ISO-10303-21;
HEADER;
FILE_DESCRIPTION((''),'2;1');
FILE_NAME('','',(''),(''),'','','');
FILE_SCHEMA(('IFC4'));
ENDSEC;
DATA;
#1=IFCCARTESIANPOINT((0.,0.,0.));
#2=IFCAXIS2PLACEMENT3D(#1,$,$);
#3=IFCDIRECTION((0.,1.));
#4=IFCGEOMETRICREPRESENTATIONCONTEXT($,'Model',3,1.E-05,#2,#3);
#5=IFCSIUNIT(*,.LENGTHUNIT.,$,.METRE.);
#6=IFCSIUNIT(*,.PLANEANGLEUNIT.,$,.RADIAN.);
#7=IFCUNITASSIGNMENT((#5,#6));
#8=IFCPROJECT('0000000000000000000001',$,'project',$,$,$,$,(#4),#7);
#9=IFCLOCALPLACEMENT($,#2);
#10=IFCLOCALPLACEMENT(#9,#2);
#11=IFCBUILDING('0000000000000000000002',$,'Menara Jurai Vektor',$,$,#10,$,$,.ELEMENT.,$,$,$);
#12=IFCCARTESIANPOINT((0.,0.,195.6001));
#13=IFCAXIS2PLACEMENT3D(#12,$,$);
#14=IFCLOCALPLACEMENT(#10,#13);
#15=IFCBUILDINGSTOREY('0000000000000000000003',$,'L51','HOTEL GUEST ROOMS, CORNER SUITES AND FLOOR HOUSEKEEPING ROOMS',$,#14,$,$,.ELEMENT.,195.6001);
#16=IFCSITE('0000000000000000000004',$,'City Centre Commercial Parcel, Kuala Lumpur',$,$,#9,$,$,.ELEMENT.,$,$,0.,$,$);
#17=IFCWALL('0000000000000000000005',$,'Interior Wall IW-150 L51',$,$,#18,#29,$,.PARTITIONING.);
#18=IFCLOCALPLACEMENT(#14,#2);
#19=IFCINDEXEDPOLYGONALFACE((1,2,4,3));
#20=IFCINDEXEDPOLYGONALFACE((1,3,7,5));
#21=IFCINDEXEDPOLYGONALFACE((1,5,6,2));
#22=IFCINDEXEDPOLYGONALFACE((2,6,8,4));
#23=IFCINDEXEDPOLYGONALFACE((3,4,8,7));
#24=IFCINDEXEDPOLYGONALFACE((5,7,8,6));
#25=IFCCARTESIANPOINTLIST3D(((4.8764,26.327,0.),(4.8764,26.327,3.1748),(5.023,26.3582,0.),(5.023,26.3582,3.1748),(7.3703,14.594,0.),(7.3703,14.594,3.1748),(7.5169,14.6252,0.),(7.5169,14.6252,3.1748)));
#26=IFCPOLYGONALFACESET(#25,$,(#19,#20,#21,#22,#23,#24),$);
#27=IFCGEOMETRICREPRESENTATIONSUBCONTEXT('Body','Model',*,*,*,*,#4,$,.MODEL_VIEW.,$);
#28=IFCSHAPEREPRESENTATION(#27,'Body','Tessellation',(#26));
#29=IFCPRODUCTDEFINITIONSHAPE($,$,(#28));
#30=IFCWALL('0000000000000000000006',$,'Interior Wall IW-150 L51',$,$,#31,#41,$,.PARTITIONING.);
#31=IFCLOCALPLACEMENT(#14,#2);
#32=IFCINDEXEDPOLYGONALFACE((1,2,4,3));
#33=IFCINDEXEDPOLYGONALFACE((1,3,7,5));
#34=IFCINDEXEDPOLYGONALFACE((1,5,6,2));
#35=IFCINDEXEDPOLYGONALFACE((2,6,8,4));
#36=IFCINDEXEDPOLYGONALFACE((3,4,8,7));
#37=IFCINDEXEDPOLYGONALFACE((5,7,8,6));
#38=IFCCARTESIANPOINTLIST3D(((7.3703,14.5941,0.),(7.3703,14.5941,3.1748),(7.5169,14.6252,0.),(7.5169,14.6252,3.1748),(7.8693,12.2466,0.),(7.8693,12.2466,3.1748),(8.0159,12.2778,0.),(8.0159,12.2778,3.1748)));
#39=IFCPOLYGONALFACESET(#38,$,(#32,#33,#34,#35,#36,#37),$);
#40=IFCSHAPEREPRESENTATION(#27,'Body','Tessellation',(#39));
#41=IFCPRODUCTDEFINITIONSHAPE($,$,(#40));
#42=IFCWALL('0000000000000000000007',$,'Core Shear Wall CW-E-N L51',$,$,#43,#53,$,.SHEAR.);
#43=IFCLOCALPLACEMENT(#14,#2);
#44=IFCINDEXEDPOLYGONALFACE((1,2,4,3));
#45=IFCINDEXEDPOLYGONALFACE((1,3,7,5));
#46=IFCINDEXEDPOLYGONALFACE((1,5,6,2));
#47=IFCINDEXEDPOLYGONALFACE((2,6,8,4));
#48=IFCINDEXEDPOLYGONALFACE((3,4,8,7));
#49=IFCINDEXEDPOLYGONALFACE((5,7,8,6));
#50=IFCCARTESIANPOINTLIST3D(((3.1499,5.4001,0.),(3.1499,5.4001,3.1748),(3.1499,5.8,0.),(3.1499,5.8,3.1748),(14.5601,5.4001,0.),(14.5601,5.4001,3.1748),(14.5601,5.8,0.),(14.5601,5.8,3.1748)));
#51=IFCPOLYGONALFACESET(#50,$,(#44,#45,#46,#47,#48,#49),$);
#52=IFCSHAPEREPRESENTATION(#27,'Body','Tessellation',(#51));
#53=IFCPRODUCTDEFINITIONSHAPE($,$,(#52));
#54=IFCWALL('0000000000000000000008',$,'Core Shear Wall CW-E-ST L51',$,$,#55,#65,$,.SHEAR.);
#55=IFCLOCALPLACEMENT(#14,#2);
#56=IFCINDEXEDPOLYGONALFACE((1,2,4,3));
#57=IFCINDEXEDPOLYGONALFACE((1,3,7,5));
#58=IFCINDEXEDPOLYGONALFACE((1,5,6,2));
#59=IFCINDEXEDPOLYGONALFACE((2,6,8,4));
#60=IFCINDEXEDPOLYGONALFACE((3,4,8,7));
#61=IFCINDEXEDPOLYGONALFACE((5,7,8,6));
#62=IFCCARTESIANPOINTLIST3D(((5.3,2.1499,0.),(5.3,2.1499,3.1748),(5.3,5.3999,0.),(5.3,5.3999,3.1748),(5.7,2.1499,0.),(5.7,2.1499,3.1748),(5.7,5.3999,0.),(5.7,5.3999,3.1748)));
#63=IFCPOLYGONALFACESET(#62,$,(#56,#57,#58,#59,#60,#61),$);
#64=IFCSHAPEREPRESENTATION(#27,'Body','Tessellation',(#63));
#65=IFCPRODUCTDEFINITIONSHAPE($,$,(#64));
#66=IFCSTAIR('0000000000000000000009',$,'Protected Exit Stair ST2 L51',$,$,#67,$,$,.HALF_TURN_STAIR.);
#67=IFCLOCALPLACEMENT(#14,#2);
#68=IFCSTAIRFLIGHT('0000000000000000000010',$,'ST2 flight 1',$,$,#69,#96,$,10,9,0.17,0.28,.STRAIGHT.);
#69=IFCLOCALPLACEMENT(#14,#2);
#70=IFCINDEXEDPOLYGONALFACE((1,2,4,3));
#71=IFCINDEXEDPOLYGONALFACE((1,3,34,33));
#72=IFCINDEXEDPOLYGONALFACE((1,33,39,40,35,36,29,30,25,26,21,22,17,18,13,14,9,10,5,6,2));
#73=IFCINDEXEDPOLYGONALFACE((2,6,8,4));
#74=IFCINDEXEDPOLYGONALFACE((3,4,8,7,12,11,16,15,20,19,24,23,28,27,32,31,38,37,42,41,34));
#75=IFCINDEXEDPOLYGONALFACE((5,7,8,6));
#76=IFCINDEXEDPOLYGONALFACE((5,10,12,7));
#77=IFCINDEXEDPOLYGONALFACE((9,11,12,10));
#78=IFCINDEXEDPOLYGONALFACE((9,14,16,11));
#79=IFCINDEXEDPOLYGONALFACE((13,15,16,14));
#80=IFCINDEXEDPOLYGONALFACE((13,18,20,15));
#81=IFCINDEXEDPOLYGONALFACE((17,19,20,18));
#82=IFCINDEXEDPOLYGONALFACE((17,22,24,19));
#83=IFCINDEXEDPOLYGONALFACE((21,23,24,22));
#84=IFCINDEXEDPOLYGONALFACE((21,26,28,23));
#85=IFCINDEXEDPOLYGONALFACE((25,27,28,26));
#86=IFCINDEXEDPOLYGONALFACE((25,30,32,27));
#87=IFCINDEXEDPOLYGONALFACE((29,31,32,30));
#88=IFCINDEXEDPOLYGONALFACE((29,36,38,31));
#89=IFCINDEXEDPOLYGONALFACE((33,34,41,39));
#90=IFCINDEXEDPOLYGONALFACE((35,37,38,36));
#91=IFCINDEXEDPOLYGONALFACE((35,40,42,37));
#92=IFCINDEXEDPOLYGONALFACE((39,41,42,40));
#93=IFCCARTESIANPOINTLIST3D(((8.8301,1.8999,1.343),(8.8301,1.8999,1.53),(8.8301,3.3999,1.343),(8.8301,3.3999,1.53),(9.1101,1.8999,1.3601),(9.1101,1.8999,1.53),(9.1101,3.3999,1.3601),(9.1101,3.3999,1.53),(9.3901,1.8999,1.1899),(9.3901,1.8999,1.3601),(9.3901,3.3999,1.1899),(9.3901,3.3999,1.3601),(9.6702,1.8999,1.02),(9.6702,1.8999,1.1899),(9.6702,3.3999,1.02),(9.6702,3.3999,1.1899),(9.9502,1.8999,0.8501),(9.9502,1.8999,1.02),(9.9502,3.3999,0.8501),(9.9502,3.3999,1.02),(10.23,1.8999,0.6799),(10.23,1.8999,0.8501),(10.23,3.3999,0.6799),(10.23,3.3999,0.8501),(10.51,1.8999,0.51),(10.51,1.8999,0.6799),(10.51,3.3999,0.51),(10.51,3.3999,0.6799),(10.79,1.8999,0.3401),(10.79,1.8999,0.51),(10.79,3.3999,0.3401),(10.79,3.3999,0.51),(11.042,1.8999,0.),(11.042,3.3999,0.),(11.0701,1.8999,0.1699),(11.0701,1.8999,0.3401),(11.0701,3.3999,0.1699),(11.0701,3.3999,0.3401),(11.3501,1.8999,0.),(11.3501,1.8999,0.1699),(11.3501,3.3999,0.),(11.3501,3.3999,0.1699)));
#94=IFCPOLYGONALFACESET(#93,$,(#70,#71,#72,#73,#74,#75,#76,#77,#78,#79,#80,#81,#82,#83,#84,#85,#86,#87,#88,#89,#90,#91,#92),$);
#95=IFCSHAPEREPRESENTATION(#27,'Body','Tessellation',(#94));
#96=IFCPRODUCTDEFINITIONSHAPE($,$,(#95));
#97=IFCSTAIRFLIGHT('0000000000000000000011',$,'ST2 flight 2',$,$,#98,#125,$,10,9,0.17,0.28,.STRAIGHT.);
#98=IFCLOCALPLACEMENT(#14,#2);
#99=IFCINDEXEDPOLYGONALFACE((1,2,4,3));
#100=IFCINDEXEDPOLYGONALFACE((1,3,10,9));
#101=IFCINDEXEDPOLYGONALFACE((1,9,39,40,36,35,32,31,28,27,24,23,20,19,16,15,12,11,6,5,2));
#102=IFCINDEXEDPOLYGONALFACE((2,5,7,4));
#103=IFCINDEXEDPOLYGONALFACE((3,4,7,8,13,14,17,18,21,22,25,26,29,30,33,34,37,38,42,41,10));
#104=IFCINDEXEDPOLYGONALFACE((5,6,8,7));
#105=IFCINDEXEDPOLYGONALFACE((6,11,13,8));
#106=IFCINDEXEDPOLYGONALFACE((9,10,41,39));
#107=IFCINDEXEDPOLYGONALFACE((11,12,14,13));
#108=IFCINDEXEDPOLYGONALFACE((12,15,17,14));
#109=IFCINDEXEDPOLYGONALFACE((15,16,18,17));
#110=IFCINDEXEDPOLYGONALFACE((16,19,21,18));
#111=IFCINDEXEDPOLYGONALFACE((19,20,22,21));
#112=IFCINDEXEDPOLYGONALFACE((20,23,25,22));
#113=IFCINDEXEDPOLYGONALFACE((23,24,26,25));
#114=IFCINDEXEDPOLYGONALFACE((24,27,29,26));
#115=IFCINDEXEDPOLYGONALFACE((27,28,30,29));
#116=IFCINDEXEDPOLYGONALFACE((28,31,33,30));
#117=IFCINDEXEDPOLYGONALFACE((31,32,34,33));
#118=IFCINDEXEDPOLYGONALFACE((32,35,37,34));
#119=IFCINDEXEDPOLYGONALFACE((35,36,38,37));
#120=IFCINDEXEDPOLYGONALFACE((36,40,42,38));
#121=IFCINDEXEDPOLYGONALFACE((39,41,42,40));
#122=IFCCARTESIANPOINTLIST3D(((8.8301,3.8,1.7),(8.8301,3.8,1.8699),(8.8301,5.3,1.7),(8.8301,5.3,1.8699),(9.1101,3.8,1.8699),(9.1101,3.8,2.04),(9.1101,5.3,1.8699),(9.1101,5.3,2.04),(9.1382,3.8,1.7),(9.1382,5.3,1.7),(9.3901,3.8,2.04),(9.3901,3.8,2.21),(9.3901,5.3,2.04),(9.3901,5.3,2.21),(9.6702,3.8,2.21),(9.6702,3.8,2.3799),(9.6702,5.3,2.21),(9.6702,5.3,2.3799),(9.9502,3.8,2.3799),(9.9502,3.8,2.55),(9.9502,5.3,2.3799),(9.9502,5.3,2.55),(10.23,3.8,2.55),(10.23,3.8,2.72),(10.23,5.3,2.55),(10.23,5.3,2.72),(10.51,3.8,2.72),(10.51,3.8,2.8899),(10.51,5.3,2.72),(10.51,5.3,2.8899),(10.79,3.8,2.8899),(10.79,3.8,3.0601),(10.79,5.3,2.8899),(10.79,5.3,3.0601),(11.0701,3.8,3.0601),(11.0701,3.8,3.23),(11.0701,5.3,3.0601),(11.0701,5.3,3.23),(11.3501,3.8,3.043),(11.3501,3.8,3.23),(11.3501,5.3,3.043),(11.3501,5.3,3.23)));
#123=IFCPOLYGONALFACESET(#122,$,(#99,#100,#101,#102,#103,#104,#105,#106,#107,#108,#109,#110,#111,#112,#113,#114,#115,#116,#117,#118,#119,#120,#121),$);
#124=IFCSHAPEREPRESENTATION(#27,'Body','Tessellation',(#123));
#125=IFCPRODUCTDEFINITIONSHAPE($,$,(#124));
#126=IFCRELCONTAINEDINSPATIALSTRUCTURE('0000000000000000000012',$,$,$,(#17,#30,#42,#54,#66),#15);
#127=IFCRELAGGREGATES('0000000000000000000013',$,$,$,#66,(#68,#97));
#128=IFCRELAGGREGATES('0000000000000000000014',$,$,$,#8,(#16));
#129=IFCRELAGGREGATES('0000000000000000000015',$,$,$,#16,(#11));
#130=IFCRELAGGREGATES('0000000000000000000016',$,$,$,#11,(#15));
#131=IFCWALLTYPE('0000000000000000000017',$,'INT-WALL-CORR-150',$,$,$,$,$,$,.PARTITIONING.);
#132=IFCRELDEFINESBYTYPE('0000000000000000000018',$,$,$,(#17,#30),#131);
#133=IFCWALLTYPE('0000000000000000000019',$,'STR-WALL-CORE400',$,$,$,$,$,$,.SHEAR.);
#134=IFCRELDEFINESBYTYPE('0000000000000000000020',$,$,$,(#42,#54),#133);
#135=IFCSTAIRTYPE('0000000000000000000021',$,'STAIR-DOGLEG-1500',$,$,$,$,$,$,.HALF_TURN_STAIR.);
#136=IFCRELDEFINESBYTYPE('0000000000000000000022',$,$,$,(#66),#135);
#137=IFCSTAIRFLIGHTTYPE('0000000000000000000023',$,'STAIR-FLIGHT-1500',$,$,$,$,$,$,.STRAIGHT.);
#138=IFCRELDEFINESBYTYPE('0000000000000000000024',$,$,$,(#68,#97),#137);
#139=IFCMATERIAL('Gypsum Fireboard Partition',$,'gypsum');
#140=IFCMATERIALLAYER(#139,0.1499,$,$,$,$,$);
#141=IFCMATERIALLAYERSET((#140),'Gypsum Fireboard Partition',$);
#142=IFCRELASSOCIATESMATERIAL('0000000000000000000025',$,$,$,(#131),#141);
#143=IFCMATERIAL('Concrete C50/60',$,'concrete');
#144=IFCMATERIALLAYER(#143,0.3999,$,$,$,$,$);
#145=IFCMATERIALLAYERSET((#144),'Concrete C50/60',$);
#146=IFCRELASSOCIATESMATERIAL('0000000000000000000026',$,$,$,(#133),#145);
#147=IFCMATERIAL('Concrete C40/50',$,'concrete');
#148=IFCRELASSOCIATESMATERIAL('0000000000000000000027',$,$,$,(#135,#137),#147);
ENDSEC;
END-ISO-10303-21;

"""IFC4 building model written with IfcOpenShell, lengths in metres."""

from ifc_helpers import new_model, si_unit, direction, frame, frame_2d, origin, place, context, subcontext, project, spatial, polyline, rectangle, outline, extrude, material, layer, layer_set, type_object, element, aggregate, save


model = new_model("IFC4")

# Units and contexts
model_context = context("Model", 3, precision=1e-05, world=origin(), true_north=direction((0.0, 1.0)))
body_context = subcontext(model_context, "Body", "Model", "MODEL_VIEW")
ifc_project = project(units=[si_unit("LENGTHUNIT", "METRE"), si_unit("PLANEANGLEUNIT", "RADIAN")], contexts=[model_context])

# Site, building, storey
site_placement = place(None, origin())
site = spatial("IfcSite", under=ifc_project, at=site_placement, Name="City Centre Commercial Parcel, Kuala Lumpur", CompositionType="ELEMENT", RefElevation=0.0)
building_placement = place(site_placement, origin())
building = spatial("IfcBuilding", under=site, at=building_placement, Name="Menara Jurai Vektor", CompositionType="ELEMENT")
storey_placement = place(building_placement, frame((0.0, 0.0, 195.6001)))
storey = spatial("IfcBuildingStorey", under=building, at=storey_placement, Name="L51", Description="HOTEL GUEST ROOMS, CORNER SUITES AND FLOOR HOUSEKEEPING ROOMS", CompositionType="ELEMENT", Elevation=195.6001)

# Shared definitions
ifc_material_1 = material(Name="Concrete C50/60", Category="concrete")

# Shared definitions
ifc_material_2 = material(Name="Gypsum Fireboard Partition", Category="gypsum")
ifc_layer_1 = layer(ifc_material_2, 0.1499)
ifc_layer_set_1 = layer_set([ifc_layer_1], Name="Gypsum Fireboard Partition")
wall_type_1 = type_object("IfcWallType", Name="INT-WALL-CORR-150", PredefinedType="PARTITIONING", material=ifc_layer_set_1)

# Walls
wall_1_placement = place(storey_placement, frame((7.4436, 14.6096, 0.0), z_axis=(0.0, 0.0, 1.0), x_axis=(-0.207911, 0.978148, 0.0)))
element("IfcWall", 1, at=wall_1_placement, inside=storey, type_object=wall_type_1, Name="Interior Wall IW-150 L51", PredefinedType="PARTITIONING", context=body_context, shape_type="SweptSolid", body=[
    extrude(rectangle(XDim=11.9951, YDim=0.1499, at=frame_2d((5.9976, 0.0))), origin(), (0.0, 0.0, 1.0), 3.1748),
])
wall_2_placement = place(storey_placement, frame((7.9426, 12.2622, 0.0), z_axis=(0.0, 0.0, 1.0), x_axis=(-0.207938, 0.978142, 0.0)))
element("IfcWall", 2, at=wall_2_placement, inside=storey, type_object=wall_type_1, Name="Interior Wall IW-150 L51", PredefinedType="PARTITIONING", context=body_context, shape_type="SweptSolid", body=[
    extrude(rectangle(XDim=2.3999, YDim=0.1499, at=frame_2d((1.2, 0.0))), origin(), (0.0, 0.0, 1.0), 3.1748),
])

# Walls
ifc_layer_2 = layer(ifc_material_1, 0.3999)
ifc_layer_set_2 = layer_set([ifc_layer_2], Name="Concrete C50/60")
wall_type_2 = type_object("IfcWallType", Name="STR-WALL-CORE400", PredefinedType="SHEAR", material=ifc_layer_set_2)
wall_3_placement = place(storey_placement, frame((3.1499, 5.6001, 0.0), z_axis=(0.0, 0.0, 1.0), x_axis=(1.0, 0.0, 0.0)))
element("IfcWall", 3, at=wall_3_placement, inside=storey, type_object=wall_type_2, Name="Core Shear Wall CW-E-N L51", PredefinedType="SHEAR", context=body_context, shape_type="SweptSolid", body=[
    extrude(rectangle(XDim=11.4102, YDim=0.3999, at=frame_2d((5.7051, 0.0))), origin(), (0.0, 0.0, 1.0), 3.1748),
])
wall_4_placement = place(storey_placement, frame((5.5, 2.1499, 0.0), z_axis=(0.0, 0.0, 1.0), x_axis=(0.0, 1.0, 0.0)))
element("IfcWall", 4, at=wall_4_placement, inside=storey, type_object=wall_type_2, Name="Core Shear Wall CW-E-ST L51", PredefinedType="SHEAR", context=body_context, shape_type="SweptSolid", body=[
    extrude(rectangle(XDim=3.25, YDim=0.3999, at=frame_2d((1.625, 0.0))), origin(), (0.0, 0.0, 1.0), 3.1748),
])

# Stair, stair flights
ifc_material_3 = material(Name="Concrete C40/50", Category="concrete")
stair_type = type_object("IfcStairType", Name="STAIR-DOGLEG-1500", PredefinedType="HALF_TURN_STAIR", material=ifc_material_3)
stair_placement = place(storey_placement, origin())
stair = element("IfcStair", 5, at=stair_placement, inside=storey, type_object=stair_type, Name="Protected Exit Stair ST2 L51", PredefinedType="HALF_TURN_STAIR")
stair_flight_type = type_object("IfcStairFlightType", Name="STAIR-FLIGHT-1500", PredefinedType="STRAIGHT", material=ifc_material_3)
stair_flight_1_placement = place(storey_placement, frame((11.3501, 2.6499, 0.0), z_axis=(0.0, 0.0, 1.0), x_axis=(-1.0, 0.0, 0.0)))
stair_flight_1 = element("IfcStairFlight", 6, at=stair_flight_1_placement, type_object=stair_flight_type, Name="ST2 flight 1", NumberOfRisers=10, NumberOfTreads=9, PredefinedType="STRAIGHT", RiserHeight=0.17, TreadLength=0.28, context=body_context, shape_type="SweptSolid", body=[
    extrude(outline(polyline([(0.0, 0.0), (0.0, 0.1699), (0.28, 0.1699), (0.28, 0.3401), (0.5601, 0.3401), (0.5601, 0.51), (0.8401, 0.51), (0.8401, 0.6799), (1.1201, 0.6799), (1.1201, 0.8501), (1.3999, 0.8501), (1.3999, 1.02), (1.6799, 1.02), (1.6799, 1.1899), (1.96, 1.1899), (1.96, 1.3601), (2.24, 1.3601), (2.24, 1.53), (2.52, 1.53), (2.52, 1.7), (2.52, 1.343), (0.3081, 0.0), (0.0, 0.0)])), frame((0.0, 0.75, 0.0), z_axis=(0.0, -1.0, 0.0), x_axis=(1.0, 0.0, 0.0)), (0.0, 0.0, 1.0), 1.5),
])
stair_flight_2_placement = place(storey_placement, frame((8.8301, 4.55, 1.7), z_axis=(0.0, 0.0, 1.0), x_axis=(1.0, 0.0, 0.0)))
stair_flight_2 = element("IfcStairFlight", 7, at=stair_flight_2_placement, type_object=stair_flight_type, Name="ST2 flight 2", NumberOfRisers=10, NumberOfTreads=9, PredefinedType="STRAIGHT", RiserHeight=0.17, TreadLength=0.28, context=body_context, shape_type="SweptSolid", body=[
    extrude(outline(polyline([(0.0, 0.0), (0.0, 0.1699), (0.28, 0.1699), (0.28, 0.3401), (0.5601, 0.3401), (0.5601, 0.51), (0.8401, 0.51), (0.8401, 0.6799), (1.1201, 0.6799), (1.1201, 0.8501), (1.3999, 0.8501), (1.3999, 1.02), (1.6799, 1.02), (1.6799, 1.1899), (1.96, 1.1899), (1.96, 1.3601), (2.24, 1.3601), (2.24, 1.53), (2.52, 1.53), (2.52, 1.7), (2.52, 1.343), (0.3081, 0.0), (0.0, 0.0)])), frame((0.0, 0.75, 0.0), z_axis=(0.0, -1.0, 0.0), x_axis=(1.0, 0.0, 0.0)), (0.0, 0.0, 1.0), 1.5),
])
aggregate(stair, [stair_flight_1, stair_flight_2])

save(model, "model.ifc")
